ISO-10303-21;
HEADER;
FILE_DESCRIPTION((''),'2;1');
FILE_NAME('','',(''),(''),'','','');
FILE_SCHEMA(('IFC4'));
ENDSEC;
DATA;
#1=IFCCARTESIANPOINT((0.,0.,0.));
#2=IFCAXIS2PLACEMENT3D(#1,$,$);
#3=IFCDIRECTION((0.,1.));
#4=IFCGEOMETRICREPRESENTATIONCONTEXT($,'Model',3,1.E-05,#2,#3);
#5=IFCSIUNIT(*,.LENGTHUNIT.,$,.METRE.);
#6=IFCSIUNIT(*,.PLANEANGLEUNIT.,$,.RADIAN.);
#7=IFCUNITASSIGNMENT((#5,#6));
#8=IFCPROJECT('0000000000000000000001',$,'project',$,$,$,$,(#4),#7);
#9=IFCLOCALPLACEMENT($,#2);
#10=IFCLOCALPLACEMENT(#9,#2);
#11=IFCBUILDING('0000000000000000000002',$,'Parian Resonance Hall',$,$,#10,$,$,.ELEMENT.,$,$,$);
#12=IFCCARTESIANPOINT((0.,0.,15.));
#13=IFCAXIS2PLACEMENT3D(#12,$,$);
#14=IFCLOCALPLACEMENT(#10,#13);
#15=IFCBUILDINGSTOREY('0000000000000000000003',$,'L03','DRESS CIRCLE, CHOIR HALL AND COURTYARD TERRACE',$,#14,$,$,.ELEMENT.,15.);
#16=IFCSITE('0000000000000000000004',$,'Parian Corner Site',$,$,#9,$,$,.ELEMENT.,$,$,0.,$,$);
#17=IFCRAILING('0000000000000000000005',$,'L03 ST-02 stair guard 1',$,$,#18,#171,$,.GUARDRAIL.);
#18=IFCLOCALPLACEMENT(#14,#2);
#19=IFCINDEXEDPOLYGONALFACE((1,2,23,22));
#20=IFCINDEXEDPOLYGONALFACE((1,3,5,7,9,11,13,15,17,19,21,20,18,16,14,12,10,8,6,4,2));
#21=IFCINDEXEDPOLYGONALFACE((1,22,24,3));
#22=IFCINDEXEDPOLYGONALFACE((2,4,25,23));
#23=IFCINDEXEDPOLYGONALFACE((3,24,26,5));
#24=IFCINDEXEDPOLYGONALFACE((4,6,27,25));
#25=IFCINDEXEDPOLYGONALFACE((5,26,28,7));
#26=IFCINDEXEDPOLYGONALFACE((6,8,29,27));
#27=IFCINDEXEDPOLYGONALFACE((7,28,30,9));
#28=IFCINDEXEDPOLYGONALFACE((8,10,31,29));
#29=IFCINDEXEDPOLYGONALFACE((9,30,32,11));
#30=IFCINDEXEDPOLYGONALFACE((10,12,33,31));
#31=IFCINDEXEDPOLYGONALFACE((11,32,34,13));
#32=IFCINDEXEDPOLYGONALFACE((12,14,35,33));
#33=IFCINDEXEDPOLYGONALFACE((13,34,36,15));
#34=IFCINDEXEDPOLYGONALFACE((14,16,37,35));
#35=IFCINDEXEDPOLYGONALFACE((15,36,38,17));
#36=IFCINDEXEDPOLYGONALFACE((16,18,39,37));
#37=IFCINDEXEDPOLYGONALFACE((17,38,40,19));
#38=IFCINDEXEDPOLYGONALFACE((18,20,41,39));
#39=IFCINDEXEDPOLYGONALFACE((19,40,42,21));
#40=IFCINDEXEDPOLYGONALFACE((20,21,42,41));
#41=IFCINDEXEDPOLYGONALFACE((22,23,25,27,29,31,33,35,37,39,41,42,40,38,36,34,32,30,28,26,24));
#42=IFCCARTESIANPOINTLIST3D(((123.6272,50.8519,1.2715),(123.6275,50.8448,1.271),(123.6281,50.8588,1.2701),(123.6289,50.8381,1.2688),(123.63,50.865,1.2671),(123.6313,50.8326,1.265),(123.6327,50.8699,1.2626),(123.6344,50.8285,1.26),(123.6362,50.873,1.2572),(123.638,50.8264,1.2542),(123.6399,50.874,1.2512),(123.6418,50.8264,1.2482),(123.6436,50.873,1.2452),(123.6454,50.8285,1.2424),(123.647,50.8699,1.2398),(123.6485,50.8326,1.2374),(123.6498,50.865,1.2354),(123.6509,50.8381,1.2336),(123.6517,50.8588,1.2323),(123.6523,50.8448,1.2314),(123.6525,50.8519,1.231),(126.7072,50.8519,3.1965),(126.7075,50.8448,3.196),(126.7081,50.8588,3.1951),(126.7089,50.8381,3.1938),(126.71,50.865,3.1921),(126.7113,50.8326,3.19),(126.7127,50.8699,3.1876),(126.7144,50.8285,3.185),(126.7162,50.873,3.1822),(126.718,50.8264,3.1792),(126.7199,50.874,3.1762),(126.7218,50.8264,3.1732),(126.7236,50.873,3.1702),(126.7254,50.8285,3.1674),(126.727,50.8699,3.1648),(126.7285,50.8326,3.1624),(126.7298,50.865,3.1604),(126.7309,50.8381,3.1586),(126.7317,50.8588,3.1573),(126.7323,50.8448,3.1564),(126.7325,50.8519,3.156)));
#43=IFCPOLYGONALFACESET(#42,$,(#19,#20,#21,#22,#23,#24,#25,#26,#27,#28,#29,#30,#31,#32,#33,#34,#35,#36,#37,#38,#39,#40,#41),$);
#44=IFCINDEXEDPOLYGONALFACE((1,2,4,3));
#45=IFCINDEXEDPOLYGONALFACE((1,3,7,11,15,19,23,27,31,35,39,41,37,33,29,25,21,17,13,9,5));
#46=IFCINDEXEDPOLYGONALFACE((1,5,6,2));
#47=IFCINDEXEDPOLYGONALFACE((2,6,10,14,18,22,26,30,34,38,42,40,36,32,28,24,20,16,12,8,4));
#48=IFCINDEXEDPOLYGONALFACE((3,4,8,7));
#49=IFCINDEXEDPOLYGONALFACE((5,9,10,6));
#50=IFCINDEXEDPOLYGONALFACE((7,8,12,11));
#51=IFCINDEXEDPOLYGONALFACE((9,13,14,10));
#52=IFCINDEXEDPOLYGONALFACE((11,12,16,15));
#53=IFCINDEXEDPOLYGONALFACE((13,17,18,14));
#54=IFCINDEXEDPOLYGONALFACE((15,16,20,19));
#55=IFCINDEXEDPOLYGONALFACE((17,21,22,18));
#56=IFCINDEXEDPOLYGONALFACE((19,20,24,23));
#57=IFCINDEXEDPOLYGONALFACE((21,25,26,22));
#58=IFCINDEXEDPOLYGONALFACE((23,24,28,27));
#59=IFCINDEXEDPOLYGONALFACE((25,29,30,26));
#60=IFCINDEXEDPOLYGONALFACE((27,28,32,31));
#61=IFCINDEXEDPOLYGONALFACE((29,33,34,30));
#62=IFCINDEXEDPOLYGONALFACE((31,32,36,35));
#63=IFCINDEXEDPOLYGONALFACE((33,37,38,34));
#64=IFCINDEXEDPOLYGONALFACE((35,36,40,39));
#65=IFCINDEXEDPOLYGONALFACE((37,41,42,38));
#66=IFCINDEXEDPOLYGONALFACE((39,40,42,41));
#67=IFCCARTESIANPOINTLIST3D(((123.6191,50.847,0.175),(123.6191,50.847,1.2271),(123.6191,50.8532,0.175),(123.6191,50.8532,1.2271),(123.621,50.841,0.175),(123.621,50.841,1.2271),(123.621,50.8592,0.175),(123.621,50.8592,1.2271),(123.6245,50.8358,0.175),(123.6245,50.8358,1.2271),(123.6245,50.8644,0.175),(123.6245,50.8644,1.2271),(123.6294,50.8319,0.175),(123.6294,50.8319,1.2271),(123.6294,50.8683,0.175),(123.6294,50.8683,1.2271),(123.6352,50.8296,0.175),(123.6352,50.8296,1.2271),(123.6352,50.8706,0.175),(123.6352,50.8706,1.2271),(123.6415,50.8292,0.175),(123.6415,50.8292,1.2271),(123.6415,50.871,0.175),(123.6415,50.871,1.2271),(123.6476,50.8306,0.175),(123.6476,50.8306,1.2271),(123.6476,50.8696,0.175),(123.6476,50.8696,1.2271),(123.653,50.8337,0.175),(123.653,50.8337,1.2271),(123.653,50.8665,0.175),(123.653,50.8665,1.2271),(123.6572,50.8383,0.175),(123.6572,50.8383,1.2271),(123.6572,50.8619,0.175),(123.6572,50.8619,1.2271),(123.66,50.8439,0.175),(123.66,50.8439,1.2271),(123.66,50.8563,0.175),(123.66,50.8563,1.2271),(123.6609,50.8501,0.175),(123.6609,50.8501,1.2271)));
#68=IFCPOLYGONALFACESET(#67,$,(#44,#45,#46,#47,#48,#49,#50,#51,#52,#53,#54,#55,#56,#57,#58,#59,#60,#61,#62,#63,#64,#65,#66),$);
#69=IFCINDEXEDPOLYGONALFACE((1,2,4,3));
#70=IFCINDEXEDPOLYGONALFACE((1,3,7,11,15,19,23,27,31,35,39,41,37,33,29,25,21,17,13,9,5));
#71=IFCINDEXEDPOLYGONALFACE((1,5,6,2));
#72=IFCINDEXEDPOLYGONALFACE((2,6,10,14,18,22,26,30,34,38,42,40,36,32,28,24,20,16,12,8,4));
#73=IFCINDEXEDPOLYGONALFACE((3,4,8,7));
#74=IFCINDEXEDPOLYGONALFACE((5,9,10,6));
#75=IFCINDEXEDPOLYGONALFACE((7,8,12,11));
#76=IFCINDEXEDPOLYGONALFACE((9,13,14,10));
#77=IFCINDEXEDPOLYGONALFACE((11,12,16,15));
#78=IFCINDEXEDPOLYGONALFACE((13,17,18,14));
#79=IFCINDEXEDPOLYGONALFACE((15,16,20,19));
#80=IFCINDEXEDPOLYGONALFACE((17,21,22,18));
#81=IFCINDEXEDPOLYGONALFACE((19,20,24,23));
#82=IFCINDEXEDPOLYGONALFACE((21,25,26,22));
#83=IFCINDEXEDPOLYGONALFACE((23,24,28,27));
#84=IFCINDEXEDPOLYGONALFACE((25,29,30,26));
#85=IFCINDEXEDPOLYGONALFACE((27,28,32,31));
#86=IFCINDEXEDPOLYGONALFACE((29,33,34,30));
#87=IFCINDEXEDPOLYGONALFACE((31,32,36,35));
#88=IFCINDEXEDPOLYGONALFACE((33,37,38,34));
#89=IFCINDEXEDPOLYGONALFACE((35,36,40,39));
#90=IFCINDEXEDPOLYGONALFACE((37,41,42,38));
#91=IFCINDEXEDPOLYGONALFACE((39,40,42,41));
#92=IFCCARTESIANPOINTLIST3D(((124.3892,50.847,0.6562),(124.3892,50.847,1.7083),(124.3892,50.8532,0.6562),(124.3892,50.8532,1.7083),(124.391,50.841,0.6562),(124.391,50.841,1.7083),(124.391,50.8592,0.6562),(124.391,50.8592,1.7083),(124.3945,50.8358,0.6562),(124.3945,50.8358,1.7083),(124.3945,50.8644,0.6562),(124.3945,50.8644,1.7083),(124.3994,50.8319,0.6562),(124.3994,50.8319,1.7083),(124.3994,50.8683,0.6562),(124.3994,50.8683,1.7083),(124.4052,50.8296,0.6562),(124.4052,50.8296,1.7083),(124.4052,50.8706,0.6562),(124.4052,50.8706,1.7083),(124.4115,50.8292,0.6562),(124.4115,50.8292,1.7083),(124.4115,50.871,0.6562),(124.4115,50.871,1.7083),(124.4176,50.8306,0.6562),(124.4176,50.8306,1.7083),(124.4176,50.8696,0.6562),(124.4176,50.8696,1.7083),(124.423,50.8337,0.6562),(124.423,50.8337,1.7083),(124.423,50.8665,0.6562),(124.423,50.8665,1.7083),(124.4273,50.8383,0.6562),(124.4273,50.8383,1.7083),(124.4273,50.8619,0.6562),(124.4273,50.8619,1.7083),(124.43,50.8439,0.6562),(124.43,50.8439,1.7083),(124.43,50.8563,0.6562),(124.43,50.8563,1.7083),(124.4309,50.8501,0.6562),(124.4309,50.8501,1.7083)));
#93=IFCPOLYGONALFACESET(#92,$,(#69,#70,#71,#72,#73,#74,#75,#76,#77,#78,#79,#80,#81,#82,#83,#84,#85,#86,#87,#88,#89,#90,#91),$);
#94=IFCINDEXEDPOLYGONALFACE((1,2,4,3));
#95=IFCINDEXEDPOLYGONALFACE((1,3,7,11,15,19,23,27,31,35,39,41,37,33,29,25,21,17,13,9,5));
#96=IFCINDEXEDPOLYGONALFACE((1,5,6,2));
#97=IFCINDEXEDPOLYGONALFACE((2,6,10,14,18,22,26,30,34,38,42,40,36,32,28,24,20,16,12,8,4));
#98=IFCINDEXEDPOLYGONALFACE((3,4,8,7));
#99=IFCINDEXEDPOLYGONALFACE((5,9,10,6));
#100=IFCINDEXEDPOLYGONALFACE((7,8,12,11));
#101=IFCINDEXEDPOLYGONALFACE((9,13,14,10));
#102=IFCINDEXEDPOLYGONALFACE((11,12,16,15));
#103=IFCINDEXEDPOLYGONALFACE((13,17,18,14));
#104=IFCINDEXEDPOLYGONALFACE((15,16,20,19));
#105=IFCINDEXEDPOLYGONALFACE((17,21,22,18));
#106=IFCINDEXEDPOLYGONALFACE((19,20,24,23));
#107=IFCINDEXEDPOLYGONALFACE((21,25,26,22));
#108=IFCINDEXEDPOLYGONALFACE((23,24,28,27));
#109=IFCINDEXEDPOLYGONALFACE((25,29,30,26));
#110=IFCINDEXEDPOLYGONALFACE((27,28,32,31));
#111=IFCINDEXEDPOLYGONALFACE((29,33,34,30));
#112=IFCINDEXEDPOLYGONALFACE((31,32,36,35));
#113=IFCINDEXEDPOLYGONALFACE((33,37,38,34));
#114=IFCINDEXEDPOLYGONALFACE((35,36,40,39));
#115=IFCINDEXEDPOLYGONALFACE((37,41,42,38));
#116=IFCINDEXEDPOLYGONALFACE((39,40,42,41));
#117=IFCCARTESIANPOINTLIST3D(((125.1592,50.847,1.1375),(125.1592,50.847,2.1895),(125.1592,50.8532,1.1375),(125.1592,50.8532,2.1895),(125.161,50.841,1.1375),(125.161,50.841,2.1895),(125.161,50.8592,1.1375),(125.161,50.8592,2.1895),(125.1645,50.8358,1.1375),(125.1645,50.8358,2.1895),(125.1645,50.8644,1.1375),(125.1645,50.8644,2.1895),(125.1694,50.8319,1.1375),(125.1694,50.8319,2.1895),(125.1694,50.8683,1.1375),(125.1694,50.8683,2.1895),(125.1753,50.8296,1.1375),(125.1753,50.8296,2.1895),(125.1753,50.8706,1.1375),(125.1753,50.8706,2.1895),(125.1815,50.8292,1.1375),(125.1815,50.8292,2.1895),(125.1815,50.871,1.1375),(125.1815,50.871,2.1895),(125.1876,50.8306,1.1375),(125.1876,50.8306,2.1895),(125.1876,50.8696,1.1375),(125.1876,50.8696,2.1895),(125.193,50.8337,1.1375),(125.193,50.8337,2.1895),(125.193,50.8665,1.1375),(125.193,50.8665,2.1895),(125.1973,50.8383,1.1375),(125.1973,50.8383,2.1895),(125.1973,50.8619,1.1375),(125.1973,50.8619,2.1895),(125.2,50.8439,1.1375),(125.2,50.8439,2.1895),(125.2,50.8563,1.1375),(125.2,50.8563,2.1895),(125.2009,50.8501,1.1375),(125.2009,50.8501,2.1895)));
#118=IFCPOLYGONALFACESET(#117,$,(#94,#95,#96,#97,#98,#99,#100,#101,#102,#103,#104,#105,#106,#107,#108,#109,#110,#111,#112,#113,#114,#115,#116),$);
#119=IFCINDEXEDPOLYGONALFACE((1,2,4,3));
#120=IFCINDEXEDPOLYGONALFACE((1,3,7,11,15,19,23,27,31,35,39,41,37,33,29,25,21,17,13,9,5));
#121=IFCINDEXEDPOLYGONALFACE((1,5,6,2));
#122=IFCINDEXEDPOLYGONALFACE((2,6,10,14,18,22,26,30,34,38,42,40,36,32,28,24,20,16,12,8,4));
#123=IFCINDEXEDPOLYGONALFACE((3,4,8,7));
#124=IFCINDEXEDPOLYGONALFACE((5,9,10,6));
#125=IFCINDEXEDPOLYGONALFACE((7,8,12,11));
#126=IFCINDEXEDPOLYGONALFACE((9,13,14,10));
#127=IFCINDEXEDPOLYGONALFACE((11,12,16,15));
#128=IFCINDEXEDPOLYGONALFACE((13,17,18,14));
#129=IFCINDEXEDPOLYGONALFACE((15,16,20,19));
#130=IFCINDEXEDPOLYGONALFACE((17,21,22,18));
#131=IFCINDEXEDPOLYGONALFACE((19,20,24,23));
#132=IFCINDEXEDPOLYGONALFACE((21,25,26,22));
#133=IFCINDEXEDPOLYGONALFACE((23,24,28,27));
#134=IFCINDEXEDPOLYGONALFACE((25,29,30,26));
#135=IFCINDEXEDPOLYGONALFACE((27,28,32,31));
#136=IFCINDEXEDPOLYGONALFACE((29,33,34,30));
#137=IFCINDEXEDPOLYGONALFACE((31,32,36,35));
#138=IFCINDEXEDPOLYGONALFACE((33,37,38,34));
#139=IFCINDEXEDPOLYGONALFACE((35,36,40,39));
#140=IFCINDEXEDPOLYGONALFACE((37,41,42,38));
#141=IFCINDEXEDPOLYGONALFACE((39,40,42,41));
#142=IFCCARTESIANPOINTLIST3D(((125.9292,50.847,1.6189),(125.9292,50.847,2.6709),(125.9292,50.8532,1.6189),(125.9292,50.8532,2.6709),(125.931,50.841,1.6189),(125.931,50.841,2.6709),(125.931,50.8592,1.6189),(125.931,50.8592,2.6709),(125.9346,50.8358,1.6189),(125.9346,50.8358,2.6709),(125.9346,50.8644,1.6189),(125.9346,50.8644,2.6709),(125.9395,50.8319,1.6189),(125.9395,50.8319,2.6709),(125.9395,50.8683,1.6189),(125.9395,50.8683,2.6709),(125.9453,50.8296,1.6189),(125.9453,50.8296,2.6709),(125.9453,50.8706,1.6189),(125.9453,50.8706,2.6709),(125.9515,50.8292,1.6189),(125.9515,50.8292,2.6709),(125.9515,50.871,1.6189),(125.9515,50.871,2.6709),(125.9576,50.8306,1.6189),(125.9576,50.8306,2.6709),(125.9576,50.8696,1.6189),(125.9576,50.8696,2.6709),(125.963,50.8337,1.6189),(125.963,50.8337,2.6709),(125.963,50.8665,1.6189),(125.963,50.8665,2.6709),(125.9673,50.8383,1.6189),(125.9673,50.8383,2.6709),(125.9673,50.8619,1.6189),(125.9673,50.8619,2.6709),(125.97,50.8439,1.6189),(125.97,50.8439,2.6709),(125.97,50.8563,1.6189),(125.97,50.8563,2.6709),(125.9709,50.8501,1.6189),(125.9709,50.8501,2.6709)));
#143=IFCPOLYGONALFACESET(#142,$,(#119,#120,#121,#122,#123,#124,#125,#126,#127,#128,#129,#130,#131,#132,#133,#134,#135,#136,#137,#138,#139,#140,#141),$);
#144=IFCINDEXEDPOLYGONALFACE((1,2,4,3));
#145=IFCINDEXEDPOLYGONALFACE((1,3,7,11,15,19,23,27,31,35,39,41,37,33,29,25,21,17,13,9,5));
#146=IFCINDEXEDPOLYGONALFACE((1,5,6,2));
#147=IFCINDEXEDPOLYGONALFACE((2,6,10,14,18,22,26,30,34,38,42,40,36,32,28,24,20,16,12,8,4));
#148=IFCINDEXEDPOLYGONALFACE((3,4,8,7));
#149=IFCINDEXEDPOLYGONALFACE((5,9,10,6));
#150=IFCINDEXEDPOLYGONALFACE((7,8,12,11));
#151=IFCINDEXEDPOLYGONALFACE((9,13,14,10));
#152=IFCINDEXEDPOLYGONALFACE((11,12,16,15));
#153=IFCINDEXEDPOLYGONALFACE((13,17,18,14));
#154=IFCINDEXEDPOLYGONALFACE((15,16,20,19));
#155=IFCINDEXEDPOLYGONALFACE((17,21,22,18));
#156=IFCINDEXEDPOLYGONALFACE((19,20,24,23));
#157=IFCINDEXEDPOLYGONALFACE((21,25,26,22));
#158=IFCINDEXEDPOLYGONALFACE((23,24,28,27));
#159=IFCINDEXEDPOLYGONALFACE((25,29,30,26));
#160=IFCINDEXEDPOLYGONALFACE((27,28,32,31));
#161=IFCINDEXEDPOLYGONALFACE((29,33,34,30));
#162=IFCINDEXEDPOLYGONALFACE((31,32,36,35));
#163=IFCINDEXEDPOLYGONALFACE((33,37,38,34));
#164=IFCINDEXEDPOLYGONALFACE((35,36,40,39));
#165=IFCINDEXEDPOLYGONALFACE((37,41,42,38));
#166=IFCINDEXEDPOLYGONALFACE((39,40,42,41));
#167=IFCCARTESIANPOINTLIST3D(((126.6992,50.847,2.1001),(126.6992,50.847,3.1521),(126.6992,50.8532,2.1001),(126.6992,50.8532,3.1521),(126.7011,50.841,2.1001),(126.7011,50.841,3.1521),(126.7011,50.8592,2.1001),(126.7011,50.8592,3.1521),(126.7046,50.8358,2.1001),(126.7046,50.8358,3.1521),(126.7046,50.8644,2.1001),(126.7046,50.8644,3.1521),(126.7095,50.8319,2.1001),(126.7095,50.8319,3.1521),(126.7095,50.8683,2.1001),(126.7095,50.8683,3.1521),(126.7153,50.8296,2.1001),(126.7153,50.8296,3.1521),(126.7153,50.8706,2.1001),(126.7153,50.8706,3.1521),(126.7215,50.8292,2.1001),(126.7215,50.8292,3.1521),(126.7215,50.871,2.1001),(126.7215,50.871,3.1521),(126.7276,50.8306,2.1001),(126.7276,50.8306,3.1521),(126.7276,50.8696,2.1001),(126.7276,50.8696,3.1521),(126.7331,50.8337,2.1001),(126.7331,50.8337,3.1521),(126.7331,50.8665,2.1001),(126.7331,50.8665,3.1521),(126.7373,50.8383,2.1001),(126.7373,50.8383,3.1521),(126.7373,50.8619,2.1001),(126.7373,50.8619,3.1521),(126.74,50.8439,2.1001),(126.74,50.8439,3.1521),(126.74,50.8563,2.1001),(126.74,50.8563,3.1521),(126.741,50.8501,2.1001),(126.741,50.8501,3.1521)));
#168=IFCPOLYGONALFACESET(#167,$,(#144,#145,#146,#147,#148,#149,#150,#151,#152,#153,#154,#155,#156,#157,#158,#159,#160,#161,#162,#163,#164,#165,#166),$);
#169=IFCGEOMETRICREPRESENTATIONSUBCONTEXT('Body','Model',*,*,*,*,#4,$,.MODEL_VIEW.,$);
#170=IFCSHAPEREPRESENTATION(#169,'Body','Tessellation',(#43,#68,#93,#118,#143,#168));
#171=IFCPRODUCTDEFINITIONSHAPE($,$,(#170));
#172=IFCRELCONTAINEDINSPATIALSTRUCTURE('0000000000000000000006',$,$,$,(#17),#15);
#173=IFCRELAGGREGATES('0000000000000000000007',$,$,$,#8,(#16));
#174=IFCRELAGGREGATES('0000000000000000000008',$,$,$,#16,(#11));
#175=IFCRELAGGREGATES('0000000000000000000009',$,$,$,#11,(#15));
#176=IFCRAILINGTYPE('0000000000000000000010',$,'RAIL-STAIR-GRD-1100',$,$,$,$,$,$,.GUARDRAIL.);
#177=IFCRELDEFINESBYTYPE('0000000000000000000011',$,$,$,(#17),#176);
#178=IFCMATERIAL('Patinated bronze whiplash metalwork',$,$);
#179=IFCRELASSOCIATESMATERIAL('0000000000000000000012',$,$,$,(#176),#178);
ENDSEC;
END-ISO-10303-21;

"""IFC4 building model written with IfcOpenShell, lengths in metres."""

from ifc_helpers import new_model, si_unit, direction, frame, origin, origin_2d, place, context, subcontext, project, spatial, circle, extrude, material, type_object, element, save


model = new_model("IFC4")

# Units and contexts
model_context = context("Model", 3, precision=1e-05, world=origin(), true_north=direction((0.0, 1.0)))
body_context = subcontext(model_context, "Body", "Model", "MODEL_VIEW")
ifc_project = project(units=[si_unit("LENGTHUNIT", "METRE"), si_unit("PLANEANGLEUNIT", "RADIAN")], contexts=[model_context])

# Site, building, storey
site_placement = place(None, origin())
site = spatial("IfcSite", under=ifc_project, at=site_placement, Name="Parian Corner Site", CompositionType="ELEMENT", RefElevation=0.0)
building_placement = place(site_placement, origin())
building = spatial("IfcBuilding", under=site, at=building_placement, Name="Parian Resonance Hall", CompositionType="ELEMENT")
storey_placement = place(building_placement, frame((0.0, 0.0, 15.0)))
storey = spatial("IfcBuildingStorey", under=building, at=storey_placement, Name="L03", Description="DRESS CIRCLE, CHOIR HALL AND COURTYARD TERRACE", CompositionType="ELEMENT", Elevation=15.0)

# Railing
ifc_material_1 = material(Name="Patinated bronze whiplash metalwork")
railing_type_1 = type_object("IfcRailingType", Name="RAIL-STAIR-GRD-1100", PredefinedType="GUARDRAIL", material=ifc_material_1)
railing_1_placement = place(storey_placement, frame((123.6399, 50.8501, 0.175)))
element("IfcRailing", 1, at=railing_1_placement, inside=storey, type_object=railing_type_1, Name="L03 ST-02 stair guard 1", PredefinedType="GUARDRAIL", context=body_context, shape_type="SweptSolid", body=[
    extrude(circle(Radius=0.0239, at=origin_2d()), frame((0.0, 0.0, 1.0762), z_axis=(0.847998, 0.0, 0.529999), x_axis=(0.0, 1.0, 0.0)), (0.0, 0.0, 1.0), 3.6321),
    extrude(circle(Radius=0.021, at=origin_2d()), origin(), (0.0, 0.0, 1.0), 1.052),
    extrude(circle(Radius=0.021, at=origin_2d()), frame((0.77, 0.0, 0.4812)), (0.0, 0.0, 1.0), 1.052),
    extrude(circle(Radius=0.021, at=origin_2d()), frame((1.54, 0.0, 0.9624)), (0.0, 0.0, 1.0), 1.052),
    extrude(circle(Radius=0.021, at=origin_2d()), frame((2.3101, 0.0, 1.4438)), (0.0, 0.0, 1.0), 1.052),
    extrude(circle(Radius=0.021, at=origin_2d()), frame((3.0801, 0.0, 1.925)), (0.0, 0.0, 1.0), 1.052),
])

save(model, "model.ifc")
